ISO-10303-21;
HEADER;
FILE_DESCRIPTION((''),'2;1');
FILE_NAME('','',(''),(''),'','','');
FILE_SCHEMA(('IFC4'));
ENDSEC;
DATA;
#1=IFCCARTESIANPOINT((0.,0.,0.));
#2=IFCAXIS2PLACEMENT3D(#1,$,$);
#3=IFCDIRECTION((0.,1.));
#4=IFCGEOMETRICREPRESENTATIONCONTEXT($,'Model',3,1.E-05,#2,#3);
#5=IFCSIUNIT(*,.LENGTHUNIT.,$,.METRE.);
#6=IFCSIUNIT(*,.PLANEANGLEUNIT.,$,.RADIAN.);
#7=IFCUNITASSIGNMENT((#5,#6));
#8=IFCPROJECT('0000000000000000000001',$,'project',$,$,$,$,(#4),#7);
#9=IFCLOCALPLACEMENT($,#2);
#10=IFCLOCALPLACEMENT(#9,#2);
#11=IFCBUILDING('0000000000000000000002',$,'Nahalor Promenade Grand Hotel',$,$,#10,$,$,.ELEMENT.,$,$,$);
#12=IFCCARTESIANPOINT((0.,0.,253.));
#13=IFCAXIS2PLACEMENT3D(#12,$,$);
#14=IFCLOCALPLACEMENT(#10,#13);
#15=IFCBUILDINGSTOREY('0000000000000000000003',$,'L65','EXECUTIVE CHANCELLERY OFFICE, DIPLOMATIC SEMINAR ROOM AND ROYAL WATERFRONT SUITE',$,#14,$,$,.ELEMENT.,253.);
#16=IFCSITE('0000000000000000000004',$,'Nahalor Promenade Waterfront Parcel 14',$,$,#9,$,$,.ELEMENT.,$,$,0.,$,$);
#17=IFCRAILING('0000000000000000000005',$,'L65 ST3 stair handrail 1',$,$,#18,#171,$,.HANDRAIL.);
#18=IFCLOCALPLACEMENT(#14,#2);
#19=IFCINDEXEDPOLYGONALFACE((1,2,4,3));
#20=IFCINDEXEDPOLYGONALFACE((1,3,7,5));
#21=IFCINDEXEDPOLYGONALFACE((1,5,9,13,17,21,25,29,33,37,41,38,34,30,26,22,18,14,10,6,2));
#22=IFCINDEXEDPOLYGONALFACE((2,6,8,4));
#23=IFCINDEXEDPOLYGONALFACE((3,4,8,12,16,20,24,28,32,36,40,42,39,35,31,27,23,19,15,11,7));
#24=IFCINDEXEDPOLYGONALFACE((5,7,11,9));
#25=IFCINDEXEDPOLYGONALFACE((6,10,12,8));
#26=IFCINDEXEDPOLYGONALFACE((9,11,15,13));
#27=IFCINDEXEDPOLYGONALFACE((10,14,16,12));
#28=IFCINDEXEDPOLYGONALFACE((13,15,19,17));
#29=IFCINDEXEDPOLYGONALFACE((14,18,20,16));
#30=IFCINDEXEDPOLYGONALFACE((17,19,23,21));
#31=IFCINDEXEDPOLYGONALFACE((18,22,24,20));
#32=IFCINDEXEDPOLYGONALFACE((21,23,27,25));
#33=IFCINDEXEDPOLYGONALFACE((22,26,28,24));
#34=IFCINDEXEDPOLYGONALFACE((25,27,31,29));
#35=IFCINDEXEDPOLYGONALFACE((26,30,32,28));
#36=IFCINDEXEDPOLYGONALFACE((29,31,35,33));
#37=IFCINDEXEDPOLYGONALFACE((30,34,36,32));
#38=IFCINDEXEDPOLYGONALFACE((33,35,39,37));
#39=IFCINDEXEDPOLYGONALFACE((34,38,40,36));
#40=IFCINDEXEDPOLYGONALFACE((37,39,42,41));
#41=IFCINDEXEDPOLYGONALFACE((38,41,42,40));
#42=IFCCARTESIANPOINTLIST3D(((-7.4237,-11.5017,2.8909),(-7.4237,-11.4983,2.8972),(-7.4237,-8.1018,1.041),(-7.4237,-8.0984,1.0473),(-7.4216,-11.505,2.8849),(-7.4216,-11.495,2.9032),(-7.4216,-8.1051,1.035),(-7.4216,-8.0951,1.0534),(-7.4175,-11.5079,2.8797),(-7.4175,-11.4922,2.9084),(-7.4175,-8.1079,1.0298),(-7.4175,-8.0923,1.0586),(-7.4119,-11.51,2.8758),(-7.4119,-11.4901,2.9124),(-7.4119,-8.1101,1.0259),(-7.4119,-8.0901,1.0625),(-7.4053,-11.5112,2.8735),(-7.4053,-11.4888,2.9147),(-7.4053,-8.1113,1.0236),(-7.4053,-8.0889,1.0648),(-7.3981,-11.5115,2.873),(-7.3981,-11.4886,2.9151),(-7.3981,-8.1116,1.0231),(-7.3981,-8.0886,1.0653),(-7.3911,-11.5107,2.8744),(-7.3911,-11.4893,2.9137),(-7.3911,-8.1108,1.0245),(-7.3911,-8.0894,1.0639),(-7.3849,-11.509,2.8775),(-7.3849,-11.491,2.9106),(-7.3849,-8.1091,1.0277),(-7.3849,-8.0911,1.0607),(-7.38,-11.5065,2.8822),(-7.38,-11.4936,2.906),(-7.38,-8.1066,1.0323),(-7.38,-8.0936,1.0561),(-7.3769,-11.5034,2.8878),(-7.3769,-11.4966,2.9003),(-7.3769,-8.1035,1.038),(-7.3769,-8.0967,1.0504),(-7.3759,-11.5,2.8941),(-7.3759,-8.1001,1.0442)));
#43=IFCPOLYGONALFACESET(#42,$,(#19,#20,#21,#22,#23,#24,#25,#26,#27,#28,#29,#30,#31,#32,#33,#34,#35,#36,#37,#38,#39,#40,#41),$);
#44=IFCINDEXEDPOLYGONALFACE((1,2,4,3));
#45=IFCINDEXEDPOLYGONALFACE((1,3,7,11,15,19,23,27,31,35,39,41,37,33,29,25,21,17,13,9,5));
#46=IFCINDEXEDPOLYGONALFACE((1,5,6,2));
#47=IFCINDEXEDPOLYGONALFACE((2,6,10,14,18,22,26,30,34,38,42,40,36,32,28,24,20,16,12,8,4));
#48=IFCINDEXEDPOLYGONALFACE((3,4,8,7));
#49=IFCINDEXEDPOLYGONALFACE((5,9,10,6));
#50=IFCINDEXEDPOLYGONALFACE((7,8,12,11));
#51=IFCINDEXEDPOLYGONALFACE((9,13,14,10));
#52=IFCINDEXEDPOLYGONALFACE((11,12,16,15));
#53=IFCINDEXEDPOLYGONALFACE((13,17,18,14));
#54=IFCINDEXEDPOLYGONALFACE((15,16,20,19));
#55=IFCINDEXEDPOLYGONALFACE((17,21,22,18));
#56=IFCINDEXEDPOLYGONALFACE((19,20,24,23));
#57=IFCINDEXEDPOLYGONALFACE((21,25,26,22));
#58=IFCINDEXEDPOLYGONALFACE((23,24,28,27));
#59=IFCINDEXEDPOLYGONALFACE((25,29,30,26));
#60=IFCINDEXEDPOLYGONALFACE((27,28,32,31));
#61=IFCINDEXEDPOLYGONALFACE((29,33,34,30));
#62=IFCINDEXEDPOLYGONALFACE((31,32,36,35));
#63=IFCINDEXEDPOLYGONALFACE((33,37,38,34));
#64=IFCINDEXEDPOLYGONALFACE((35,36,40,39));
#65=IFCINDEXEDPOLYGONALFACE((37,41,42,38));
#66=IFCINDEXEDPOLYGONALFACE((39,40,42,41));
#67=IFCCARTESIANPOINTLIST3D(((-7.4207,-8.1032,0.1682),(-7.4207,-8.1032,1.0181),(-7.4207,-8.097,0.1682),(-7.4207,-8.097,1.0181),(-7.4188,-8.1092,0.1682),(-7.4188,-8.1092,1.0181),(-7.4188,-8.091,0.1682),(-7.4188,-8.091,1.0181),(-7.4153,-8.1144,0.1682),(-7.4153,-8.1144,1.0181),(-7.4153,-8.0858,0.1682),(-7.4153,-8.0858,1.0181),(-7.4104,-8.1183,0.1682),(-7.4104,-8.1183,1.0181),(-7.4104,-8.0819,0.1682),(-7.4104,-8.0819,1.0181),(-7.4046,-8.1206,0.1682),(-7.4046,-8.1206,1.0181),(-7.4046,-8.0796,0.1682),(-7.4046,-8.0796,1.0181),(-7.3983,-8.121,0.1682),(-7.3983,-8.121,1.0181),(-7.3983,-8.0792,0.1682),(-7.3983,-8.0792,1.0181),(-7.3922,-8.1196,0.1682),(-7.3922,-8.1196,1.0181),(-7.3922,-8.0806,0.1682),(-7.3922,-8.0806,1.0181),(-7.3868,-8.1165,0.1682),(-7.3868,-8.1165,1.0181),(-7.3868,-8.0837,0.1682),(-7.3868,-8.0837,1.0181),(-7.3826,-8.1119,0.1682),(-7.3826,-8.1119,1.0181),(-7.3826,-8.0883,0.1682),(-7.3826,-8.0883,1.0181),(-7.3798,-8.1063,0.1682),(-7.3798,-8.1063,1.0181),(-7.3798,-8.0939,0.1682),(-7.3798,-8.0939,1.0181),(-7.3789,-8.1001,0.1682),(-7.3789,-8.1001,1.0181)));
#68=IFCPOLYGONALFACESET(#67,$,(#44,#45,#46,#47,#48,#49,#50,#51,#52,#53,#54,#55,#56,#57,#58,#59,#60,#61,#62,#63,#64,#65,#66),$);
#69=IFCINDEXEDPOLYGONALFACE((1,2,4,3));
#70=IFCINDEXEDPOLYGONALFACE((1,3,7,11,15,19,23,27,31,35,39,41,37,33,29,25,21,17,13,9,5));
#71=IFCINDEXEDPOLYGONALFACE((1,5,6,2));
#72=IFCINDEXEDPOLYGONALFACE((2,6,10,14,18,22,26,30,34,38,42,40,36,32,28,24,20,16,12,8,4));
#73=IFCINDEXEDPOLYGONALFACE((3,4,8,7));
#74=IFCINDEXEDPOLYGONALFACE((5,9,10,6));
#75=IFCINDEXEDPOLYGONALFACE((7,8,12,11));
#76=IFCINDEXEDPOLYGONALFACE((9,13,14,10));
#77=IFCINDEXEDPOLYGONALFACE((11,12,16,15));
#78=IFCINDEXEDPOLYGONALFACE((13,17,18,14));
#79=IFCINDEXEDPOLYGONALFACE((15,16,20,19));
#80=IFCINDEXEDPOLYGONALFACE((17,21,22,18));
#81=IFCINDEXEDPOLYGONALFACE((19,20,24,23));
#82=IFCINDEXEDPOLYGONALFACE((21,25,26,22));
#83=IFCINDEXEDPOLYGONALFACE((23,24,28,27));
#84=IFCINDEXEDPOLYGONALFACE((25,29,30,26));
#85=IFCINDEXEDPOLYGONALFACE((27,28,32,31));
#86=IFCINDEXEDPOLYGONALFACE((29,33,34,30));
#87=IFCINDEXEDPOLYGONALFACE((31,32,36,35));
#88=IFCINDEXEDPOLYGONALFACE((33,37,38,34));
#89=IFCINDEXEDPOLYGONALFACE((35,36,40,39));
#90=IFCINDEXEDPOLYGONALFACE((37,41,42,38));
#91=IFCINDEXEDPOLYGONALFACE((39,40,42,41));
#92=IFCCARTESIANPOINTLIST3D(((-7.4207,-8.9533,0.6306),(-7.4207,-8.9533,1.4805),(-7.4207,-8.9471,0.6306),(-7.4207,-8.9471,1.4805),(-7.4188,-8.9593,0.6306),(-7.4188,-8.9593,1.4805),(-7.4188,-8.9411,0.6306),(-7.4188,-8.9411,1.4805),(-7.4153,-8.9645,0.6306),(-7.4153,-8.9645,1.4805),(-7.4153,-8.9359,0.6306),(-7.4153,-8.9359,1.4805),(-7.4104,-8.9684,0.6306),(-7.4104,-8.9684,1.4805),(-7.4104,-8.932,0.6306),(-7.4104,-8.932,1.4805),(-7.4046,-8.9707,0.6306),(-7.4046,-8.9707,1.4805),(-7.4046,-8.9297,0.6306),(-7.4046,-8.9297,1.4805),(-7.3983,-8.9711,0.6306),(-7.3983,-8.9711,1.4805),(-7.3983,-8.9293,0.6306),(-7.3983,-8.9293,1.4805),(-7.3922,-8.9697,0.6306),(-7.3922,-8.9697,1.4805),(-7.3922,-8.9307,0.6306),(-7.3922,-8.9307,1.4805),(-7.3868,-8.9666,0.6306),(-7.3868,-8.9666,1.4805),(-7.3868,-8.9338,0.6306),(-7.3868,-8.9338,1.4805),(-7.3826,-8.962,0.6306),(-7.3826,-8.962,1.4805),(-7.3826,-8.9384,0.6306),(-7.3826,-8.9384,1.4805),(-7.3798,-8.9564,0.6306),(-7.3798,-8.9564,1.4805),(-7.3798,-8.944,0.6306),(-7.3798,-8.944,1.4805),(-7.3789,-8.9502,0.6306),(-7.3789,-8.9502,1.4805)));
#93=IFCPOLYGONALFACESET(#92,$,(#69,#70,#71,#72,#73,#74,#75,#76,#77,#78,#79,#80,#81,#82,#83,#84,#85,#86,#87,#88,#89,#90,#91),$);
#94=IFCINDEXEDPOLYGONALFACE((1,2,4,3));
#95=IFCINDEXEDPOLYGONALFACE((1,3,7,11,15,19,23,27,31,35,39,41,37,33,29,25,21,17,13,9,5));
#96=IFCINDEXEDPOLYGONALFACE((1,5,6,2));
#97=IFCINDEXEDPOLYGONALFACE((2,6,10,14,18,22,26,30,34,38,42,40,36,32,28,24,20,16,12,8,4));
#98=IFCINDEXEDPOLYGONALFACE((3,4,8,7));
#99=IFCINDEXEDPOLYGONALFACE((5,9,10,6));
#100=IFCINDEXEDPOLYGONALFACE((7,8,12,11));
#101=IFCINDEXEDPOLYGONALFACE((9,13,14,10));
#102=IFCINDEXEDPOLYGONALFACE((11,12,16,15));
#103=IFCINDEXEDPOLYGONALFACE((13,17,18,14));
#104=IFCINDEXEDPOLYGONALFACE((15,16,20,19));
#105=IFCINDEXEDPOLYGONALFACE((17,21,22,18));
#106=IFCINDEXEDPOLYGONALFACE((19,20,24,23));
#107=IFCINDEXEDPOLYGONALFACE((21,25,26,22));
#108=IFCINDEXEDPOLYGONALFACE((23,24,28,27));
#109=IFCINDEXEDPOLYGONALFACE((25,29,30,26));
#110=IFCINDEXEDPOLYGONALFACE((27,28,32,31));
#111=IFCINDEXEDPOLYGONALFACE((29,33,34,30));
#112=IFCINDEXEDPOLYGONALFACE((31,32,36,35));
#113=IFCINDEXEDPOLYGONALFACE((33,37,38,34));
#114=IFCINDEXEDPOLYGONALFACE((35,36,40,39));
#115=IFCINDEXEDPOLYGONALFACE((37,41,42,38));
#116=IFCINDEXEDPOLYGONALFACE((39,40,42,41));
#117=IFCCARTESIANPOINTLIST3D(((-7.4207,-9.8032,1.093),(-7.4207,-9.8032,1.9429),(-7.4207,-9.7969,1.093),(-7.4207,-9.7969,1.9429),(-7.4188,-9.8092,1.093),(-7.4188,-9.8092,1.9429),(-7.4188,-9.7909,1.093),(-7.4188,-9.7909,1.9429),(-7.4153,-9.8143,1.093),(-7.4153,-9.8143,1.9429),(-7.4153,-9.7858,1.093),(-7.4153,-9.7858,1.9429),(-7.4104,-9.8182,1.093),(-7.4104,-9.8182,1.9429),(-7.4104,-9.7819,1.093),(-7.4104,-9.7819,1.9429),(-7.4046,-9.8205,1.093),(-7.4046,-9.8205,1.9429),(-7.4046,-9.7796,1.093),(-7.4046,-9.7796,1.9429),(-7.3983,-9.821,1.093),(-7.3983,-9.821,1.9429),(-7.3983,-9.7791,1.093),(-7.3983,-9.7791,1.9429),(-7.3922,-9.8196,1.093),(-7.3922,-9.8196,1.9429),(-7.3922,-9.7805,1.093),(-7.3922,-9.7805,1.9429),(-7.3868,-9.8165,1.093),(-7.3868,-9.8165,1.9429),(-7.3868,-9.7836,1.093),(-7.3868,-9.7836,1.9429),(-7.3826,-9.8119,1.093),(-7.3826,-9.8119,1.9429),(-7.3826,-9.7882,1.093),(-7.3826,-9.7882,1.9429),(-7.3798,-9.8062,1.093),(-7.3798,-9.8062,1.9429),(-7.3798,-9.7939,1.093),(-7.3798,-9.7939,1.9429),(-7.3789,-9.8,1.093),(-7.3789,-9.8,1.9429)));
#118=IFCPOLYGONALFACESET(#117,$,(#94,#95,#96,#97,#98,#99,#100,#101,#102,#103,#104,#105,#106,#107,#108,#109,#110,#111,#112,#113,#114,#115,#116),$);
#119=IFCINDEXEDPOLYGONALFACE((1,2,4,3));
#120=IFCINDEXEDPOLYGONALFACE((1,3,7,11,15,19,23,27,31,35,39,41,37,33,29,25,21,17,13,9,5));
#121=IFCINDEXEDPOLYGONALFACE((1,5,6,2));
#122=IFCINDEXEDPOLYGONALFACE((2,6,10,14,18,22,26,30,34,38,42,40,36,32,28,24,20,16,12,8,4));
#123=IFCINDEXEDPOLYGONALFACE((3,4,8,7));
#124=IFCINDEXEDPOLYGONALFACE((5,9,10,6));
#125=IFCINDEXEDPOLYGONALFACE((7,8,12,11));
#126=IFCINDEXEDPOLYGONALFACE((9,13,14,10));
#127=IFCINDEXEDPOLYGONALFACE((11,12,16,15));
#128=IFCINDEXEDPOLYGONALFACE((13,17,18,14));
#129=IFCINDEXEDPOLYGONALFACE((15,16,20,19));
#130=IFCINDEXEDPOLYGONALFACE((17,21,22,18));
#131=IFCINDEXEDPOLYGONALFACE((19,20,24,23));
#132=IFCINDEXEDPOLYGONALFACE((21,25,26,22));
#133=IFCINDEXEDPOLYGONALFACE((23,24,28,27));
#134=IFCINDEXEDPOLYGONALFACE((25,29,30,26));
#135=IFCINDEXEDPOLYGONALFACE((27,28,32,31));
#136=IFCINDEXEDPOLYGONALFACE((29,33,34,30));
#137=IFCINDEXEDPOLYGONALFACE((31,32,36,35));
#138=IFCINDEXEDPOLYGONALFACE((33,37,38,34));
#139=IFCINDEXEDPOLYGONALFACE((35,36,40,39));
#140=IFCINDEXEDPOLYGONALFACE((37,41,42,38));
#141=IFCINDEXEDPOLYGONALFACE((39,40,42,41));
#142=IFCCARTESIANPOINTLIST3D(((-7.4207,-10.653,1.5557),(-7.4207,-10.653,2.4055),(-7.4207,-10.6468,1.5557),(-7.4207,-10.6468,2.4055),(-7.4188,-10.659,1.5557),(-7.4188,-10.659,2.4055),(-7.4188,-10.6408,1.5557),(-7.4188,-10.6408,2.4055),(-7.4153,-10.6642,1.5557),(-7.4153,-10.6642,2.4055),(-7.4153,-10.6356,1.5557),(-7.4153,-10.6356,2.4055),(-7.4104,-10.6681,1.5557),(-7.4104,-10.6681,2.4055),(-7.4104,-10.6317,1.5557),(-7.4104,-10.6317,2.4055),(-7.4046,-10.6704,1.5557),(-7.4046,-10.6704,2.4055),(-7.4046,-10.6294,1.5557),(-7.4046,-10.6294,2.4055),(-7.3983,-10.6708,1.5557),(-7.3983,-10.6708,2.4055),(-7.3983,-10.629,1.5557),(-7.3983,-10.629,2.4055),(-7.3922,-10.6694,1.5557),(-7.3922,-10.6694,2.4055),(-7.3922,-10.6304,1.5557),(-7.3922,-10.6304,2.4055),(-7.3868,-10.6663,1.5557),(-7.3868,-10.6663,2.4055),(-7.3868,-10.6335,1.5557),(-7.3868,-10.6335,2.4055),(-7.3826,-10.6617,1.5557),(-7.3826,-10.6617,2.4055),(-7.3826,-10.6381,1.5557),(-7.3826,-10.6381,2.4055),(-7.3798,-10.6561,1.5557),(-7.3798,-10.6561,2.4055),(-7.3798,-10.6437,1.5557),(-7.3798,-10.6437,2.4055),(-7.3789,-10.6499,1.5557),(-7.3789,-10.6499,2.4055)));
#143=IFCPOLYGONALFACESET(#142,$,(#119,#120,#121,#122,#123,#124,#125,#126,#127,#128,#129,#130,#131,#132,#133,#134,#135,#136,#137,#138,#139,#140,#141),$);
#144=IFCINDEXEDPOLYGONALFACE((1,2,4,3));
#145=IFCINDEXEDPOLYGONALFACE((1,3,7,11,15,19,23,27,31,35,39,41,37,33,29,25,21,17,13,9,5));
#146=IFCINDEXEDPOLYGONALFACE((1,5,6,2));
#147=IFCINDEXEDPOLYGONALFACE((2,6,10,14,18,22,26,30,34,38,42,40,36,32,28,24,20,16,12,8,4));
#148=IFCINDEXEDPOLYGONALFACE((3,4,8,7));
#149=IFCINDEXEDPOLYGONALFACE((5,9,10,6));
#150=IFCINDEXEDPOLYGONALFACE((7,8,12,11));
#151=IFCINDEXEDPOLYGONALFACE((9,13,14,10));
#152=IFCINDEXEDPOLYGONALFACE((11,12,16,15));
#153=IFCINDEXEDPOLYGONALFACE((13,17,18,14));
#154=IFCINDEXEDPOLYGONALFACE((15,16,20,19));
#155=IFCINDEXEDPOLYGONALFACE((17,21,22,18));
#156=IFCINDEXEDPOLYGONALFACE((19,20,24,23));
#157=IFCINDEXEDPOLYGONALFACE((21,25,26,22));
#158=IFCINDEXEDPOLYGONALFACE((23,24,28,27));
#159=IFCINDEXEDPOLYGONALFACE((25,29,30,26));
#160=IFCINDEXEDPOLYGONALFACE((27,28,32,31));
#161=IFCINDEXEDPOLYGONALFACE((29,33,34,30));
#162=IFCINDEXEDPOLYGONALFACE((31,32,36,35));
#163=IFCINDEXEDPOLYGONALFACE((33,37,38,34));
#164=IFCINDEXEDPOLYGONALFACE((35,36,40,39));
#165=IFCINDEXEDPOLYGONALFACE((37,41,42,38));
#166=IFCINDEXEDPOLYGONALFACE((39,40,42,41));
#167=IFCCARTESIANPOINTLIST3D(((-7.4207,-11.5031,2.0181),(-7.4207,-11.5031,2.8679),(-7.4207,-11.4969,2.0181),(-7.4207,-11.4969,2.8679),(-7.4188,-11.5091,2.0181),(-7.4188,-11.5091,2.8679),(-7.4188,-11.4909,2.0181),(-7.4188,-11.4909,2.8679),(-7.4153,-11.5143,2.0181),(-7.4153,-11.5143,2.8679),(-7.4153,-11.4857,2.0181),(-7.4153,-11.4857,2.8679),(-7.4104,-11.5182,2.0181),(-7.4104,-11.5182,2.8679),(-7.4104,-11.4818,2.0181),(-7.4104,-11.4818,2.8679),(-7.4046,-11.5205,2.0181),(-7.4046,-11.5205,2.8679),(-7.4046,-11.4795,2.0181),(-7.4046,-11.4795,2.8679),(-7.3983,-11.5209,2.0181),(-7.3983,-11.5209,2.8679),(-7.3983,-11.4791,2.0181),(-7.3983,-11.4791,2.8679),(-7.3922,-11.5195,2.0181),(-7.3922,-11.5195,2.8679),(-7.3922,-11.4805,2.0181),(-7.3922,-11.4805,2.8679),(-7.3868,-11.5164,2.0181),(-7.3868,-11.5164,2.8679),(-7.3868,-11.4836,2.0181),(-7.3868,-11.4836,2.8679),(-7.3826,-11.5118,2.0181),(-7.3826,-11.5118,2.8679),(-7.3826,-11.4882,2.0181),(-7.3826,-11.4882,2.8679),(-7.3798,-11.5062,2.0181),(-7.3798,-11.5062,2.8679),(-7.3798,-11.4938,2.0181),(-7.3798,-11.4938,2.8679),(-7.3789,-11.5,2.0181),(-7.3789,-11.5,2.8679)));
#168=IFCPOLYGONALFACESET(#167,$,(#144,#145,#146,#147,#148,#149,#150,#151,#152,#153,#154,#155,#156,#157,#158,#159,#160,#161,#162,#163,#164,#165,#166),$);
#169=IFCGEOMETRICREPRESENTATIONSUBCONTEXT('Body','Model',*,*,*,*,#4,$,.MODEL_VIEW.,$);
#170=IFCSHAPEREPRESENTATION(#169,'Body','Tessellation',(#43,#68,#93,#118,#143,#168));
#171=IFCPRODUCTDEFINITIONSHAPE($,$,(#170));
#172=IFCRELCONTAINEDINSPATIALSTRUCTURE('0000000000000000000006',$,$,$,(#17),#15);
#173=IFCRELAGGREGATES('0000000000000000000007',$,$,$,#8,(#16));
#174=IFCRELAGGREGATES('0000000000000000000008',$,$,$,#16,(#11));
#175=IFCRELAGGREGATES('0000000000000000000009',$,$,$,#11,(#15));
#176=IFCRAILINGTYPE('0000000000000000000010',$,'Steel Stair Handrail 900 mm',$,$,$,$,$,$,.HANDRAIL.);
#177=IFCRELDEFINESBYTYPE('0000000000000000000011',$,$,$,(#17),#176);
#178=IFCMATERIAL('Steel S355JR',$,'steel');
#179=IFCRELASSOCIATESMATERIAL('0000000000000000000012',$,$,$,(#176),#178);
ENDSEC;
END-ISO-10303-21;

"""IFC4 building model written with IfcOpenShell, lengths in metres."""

from ifc_helpers import new_model, si_unit, direction, frame, origin, origin_2d, place, context, subcontext, project, spatial, circle, extrude, material, type_object, element, save


model = new_model("IFC4")

# Units and contexts
model_context = context("Model", 3, precision=1e-05, world=origin(), true_north=direction((0.0, 1.0)))
body_context = subcontext(model_context, "Body", "Model", "MODEL_VIEW")
ifc_project = project(units=[si_unit("LENGTHUNIT", "METRE"), si_unit("PLANEANGLEUNIT", "RADIAN")], contexts=[model_context])

# Site, building, storey
site_placement = place(None, origin())
site = spatial("IfcSite", under=ifc_project, at=site_placement, Name="Nahalor Promenade Waterfront Parcel 14", CompositionType="ELEMENT", RefElevation=0.0)
building_placement = place(site_placement, origin())
building = spatial("IfcBuilding", under=site, at=building_placement, Name="Nahalor Promenade Grand Hotel", CompositionType="ELEMENT")
storey_placement = place(building_placement, frame((0.0, 0.0, 253.0)))
storey = spatial("IfcBuildingStorey", under=building, at=storey_placement, Name="L65", Description="EXECUTIVE CHANCELLERY OFFICE, DIPLOMATIC SEMINAR ROOM AND ROYAL WATERFRONT SUITE", CompositionType="ELEMENT", Elevation=253.0)

# Shared definitions
ifc_material_1 = material(Name="Steel S355JR", Category="steel")

# Railing
railing_type_1 = type_object("IfcRailingType", Name="Steel Stair Handrail 900 mm", PredefinedType="HANDRAIL", material=ifc_material_1)
railing_1_placement = place(storey_placement, frame((-7.3999, -8.1001, 0.1682)))
element("IfcRailing", 1, at=railing_1_placement, inside=storey, type_object=railing_type_1, Name="L65 ST3 stair handrail 1", PredefinedType="HANDRAIL", context=body_context, shape_type="SweptSolid", body=[
    extrude(circle(Radius=0.024, at=origin_2d()), frame((0.0, 0.0, 0.876), z_axis=(0.0, -0.878399, 0.477928), x_axis=(1.0, 0.0, 0.0)), (0.0, 0.0, 1.0), 3.8706),
    extrude(circle(Radius=0.021, at=origin_2d()), origin(), (0.0, 0.0, 1.0), 0.8499),
    extrude(circle(Radius=0.021, at=origin_2d()), frame((0.0, -0.8501, 0.4624)), (0.0, 0.0, 1.0), 0.8499),
    extrude(circle(Radius=0.021, at=origin_2d()), frame((0.0, -1.7, 0.9248)), (0.0, 0.0, 1.0), 0.8499),
    extrude(circle(Radius=0.021, at=origin_2d()), frame((0.0, -2.5498, 1.3875)), (0.0, 0.0, 1.0), 0.8499),
    extrude(circle(Radius=0.021, at=origin_2d()), frame((0.0, -3.3999, 1.8499)), (0.0, 0.0, 1.0), 0.8499),
])

save(model, "model.ifc")
